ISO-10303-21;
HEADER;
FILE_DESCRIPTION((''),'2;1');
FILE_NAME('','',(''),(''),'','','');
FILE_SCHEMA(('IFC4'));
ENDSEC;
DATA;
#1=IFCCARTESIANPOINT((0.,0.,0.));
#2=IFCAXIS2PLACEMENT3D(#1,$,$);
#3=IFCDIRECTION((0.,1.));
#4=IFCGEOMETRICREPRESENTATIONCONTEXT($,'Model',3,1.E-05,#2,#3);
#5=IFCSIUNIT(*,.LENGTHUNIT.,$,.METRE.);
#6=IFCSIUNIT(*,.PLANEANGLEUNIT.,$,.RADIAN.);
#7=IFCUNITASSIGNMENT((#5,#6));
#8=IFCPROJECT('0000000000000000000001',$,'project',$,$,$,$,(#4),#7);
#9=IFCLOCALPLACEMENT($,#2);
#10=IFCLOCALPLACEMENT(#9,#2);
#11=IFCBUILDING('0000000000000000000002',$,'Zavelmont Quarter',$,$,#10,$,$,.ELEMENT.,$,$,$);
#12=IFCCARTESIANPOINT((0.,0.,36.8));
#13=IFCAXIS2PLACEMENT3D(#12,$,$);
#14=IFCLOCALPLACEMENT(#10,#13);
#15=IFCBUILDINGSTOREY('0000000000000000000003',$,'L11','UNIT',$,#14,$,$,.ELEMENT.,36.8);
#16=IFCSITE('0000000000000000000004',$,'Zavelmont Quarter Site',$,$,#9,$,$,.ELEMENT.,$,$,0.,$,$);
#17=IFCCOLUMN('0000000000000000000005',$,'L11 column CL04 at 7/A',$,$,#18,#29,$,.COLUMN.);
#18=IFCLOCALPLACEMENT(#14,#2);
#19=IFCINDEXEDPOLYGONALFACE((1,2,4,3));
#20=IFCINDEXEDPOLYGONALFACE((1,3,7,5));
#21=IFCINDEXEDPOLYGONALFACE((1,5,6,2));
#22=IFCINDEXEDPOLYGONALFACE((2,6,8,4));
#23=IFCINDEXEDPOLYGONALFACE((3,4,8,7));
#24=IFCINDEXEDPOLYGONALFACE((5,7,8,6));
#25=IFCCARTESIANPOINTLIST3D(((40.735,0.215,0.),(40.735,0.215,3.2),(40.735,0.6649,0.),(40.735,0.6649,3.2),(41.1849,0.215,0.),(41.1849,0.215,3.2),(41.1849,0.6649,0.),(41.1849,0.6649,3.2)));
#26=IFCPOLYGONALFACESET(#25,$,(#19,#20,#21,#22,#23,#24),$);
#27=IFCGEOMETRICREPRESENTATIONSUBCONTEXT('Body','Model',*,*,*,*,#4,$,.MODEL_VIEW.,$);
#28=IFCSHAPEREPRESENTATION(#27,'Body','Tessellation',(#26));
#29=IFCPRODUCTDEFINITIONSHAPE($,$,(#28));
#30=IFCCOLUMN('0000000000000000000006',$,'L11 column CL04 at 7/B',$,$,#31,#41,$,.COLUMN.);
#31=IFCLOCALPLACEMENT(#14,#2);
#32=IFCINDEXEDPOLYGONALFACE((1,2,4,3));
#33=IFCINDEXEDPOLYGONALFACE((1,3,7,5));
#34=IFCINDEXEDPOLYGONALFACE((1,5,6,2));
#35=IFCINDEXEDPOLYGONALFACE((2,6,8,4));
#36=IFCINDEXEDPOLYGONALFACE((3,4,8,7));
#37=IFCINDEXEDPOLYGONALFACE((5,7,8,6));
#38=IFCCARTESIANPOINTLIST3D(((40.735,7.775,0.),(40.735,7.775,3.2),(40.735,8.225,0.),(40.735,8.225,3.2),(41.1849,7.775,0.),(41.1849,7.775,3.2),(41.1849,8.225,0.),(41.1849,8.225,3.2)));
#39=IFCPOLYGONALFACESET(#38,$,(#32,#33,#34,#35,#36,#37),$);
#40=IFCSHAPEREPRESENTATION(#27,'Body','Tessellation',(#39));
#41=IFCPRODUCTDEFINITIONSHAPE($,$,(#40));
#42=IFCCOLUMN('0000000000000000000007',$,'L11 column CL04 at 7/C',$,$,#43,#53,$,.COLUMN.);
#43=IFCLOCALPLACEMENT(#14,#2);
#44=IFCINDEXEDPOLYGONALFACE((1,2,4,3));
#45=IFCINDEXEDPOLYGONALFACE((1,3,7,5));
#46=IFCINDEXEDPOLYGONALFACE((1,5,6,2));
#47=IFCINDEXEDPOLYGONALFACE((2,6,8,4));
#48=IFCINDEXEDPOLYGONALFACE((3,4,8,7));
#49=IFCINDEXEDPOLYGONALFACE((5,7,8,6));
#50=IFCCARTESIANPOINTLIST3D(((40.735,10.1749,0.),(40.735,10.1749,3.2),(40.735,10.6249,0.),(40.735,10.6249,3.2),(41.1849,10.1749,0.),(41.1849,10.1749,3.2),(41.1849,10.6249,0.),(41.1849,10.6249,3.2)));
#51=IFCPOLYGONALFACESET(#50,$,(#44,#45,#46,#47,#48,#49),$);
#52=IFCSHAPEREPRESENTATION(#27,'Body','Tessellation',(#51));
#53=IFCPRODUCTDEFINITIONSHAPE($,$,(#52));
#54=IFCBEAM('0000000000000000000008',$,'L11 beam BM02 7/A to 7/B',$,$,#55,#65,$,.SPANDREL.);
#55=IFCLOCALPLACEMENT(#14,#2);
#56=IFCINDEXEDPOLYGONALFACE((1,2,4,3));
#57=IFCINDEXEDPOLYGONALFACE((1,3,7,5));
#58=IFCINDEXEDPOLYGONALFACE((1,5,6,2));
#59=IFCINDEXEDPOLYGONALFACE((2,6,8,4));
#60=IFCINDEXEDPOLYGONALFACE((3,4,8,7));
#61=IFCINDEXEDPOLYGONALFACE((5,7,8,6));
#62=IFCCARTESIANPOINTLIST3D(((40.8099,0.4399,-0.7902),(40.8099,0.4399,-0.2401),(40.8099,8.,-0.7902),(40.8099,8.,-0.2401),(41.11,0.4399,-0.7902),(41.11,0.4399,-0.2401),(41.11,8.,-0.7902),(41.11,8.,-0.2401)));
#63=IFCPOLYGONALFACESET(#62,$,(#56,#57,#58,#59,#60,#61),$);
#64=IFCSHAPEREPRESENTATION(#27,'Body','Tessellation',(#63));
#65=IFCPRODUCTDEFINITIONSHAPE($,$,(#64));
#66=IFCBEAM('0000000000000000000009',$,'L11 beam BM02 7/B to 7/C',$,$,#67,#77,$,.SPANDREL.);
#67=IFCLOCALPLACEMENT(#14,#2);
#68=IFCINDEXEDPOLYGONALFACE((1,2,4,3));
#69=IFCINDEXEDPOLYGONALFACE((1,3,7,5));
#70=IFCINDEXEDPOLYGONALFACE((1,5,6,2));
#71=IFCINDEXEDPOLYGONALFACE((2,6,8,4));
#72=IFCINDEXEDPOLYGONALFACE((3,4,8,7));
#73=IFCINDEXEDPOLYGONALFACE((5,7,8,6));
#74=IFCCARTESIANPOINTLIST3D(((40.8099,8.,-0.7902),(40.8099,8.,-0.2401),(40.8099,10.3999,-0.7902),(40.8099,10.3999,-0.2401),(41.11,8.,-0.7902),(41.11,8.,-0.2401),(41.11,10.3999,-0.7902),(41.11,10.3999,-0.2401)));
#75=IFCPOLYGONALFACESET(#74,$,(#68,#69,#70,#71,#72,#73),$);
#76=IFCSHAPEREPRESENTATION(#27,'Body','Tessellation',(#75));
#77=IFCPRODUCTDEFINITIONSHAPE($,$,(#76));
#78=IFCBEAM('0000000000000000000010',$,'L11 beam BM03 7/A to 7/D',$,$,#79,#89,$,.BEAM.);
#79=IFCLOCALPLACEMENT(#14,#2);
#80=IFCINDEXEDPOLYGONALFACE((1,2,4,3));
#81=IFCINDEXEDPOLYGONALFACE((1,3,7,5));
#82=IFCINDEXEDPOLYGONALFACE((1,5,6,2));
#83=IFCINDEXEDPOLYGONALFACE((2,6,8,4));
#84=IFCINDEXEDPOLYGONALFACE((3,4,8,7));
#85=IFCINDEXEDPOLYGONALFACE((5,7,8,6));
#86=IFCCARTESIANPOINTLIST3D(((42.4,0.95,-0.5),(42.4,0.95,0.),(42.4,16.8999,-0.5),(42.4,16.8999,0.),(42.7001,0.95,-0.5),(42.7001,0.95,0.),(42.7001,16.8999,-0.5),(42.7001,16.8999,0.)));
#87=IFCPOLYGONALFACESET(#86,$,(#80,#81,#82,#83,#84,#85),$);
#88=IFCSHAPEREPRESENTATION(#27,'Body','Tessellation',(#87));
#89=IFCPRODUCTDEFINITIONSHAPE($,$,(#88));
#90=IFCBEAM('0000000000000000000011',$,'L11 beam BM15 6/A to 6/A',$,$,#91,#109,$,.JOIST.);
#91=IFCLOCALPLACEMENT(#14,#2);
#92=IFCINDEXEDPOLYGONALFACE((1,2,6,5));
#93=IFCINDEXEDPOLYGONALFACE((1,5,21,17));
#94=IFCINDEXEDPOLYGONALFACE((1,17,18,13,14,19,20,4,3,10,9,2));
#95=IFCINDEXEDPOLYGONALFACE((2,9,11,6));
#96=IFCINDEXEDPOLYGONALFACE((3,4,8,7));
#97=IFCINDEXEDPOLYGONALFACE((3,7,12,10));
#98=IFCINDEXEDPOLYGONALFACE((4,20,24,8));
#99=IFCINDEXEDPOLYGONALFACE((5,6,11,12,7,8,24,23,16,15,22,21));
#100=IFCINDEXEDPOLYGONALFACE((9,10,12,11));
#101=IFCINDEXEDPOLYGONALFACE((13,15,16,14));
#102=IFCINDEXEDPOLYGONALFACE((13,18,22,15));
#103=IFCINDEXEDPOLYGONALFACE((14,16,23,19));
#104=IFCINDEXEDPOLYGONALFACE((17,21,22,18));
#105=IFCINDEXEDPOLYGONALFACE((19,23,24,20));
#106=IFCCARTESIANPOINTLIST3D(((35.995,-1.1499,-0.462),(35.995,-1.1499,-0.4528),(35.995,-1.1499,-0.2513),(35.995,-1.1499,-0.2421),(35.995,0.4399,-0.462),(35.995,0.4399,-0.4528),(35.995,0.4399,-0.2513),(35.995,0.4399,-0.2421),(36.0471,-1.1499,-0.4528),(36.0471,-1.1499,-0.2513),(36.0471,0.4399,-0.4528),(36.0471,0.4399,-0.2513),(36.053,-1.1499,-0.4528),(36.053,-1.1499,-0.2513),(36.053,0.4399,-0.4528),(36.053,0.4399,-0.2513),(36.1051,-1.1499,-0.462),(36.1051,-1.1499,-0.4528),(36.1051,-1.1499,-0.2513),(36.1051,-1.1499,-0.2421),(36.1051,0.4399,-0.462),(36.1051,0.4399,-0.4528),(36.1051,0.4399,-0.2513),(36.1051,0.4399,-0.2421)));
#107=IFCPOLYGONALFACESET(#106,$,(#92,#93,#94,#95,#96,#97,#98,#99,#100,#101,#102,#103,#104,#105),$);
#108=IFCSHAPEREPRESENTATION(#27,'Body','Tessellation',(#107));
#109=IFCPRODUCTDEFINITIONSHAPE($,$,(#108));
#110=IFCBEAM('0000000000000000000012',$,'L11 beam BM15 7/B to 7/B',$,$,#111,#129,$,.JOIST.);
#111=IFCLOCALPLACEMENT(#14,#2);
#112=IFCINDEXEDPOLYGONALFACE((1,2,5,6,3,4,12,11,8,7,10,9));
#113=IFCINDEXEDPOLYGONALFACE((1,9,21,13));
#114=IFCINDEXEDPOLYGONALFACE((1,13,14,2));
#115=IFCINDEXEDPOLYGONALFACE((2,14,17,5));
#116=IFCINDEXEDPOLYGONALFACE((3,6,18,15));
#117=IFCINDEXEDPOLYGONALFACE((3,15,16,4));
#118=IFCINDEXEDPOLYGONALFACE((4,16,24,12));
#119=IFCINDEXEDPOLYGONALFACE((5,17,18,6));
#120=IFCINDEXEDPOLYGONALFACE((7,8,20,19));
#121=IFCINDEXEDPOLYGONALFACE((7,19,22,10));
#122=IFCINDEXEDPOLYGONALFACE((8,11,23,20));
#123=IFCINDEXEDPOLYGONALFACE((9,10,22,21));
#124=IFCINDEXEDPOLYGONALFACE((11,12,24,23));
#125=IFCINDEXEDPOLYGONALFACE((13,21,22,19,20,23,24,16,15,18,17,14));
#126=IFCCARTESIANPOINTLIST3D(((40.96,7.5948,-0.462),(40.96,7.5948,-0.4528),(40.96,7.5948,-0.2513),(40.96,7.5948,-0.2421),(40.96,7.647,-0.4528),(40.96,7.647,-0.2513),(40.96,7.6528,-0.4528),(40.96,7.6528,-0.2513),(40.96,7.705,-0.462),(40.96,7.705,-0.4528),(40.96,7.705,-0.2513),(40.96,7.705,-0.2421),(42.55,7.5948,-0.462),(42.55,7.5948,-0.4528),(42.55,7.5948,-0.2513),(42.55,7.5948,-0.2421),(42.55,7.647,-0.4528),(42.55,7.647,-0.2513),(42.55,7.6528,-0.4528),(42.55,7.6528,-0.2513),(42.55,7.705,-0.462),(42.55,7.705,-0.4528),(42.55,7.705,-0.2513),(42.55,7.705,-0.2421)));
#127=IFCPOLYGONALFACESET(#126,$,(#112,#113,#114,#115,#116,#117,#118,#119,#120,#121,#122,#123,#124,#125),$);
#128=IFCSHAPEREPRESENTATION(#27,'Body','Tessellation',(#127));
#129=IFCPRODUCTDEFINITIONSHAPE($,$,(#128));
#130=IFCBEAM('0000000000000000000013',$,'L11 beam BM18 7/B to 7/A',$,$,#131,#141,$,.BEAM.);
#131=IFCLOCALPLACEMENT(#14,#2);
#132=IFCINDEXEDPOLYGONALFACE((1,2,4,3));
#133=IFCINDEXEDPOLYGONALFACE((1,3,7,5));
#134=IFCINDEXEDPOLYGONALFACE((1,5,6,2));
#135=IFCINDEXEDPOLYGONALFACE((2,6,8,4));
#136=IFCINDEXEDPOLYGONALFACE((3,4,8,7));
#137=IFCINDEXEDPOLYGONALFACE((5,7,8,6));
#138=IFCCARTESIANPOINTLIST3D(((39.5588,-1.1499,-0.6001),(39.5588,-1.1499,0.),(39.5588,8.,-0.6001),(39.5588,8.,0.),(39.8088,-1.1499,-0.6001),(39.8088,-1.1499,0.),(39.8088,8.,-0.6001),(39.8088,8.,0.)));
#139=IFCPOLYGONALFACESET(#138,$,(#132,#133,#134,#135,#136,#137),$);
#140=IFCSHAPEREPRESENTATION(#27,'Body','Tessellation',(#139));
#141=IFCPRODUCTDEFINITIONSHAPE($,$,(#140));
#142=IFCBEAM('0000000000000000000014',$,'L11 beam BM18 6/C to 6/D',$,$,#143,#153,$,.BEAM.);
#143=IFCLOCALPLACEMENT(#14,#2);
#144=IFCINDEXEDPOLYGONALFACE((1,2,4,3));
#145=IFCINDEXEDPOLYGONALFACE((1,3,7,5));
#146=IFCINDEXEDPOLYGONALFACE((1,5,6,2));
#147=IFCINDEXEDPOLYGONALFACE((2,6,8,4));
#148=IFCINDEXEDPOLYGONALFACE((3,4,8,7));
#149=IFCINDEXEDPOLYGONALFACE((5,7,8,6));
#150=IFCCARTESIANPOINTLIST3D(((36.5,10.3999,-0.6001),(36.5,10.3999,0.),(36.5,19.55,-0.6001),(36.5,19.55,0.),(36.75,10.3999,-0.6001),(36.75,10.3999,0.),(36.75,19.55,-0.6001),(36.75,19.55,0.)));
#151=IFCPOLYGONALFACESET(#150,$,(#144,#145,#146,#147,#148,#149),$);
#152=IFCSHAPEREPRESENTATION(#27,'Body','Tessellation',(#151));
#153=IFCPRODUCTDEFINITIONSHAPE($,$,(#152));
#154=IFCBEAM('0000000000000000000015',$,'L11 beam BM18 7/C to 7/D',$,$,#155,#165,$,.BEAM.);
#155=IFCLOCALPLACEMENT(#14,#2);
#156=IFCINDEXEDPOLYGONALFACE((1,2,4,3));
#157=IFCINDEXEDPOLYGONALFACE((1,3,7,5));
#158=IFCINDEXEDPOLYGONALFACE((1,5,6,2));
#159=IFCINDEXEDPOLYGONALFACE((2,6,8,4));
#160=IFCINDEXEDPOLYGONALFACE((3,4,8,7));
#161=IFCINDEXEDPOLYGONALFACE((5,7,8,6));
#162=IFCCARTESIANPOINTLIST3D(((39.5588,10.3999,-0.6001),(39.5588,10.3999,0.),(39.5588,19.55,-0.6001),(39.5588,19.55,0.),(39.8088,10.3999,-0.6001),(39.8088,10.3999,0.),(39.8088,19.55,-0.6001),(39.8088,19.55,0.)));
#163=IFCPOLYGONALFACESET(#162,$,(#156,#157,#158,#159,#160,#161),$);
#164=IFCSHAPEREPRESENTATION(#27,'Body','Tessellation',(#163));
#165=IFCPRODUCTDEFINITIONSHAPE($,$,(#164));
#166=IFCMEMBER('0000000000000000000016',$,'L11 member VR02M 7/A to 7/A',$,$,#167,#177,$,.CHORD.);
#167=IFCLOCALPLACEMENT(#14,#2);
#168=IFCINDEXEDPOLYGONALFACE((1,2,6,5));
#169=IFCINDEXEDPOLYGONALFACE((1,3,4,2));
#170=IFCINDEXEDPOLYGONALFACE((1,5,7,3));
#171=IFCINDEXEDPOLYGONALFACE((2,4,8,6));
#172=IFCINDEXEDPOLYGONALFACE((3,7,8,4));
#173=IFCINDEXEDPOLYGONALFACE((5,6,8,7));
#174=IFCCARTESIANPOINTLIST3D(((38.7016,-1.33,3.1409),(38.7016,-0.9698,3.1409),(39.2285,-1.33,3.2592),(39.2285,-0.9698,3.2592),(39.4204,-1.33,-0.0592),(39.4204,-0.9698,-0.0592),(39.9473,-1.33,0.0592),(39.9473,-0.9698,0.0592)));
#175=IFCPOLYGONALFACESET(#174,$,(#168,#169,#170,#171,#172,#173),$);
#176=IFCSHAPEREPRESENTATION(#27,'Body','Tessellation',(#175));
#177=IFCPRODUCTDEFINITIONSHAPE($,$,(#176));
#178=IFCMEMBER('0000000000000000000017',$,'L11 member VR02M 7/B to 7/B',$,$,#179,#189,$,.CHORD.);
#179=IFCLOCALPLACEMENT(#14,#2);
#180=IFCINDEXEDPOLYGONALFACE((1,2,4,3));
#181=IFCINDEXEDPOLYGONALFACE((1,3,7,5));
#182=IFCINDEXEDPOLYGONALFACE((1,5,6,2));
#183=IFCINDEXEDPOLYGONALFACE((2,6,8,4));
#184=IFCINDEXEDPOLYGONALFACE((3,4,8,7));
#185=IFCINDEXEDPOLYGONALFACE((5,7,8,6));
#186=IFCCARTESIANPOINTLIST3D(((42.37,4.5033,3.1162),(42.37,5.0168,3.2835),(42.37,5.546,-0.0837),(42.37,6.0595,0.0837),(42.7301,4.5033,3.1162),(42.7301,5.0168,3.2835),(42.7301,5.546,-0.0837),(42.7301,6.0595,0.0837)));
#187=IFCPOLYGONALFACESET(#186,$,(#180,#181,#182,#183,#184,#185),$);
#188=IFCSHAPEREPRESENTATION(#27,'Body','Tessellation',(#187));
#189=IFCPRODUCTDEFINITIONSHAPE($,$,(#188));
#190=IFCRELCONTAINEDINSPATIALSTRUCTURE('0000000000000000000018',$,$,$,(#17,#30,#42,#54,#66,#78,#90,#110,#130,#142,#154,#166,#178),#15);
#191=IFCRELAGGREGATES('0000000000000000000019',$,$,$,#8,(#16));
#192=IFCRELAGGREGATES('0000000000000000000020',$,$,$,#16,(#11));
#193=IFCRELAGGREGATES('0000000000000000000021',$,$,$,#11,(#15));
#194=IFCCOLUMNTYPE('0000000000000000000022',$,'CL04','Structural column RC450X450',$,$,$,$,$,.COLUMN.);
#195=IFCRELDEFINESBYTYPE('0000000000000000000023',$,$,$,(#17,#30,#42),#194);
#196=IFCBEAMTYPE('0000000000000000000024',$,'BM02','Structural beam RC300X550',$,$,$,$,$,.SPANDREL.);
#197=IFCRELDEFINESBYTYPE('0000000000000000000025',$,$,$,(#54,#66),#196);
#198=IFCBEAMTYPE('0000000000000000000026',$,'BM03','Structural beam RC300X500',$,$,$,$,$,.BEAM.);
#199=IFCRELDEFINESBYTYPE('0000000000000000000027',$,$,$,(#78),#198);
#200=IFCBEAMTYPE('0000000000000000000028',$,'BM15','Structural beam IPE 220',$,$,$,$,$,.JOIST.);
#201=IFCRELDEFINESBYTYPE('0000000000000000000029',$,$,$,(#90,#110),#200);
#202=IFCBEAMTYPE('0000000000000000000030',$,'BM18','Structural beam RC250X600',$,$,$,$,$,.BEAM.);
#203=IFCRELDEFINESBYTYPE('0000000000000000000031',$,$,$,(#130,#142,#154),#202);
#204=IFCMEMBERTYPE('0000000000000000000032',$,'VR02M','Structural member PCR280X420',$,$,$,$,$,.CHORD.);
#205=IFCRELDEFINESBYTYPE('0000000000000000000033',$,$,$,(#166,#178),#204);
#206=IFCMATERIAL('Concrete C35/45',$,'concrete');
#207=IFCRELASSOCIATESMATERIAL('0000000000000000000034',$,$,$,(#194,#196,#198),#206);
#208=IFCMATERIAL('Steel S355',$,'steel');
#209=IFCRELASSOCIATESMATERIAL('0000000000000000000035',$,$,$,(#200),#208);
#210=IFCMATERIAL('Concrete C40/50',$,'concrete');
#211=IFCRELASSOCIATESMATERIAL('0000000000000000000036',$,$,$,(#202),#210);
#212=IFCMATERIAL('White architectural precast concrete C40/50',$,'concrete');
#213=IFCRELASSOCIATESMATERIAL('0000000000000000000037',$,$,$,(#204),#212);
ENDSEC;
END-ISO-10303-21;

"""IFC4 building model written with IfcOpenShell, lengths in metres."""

from ifc_helpers import new_model, si_unit, direction, frame, origin, origin_2d, place, context, subcontext, project, spatial, rectangle, i_section, extrude, material, material_profile, profile_set, type_object, element, save


model = new_model("IFC4")

# Units and contexts
model_context = context("Model", 3, precision=1e-05, world=origin(), true_north=direction((0.0, 1.0)))
body_context = subcontext(model_context, "Body", "Model", "MODEL_VIEW")
ifc_project = project(units=[si_unit("LENGTHUNIT", "METRE"), si_unit("PLANEANGLEUNIT", "RADIAN")], contexts=[model_context])

# Site, building, storey
site_placement = place(None, origin())
site = spatial("IfcSite", under=ifc_project, at=site_placement, Name="Zavelmont Quarter Site", CompositionType="ELEMENT", RefElevation=0.0)
building_placement = place(site_placement, origin())
building = spatial("IfcBuilding", under=site, at=building_placement, Name="Zavelmont Quarter", CompositionType="ELEMENT")
storey_placement = place(building_placement, frame((0.0, 0.0, 36.8)))
storey = spatial("IfcBuildingStorey", under=building, at=storey_placement, Name="L11", Description="UNIT", CompositionType="ELEMENT", Elevation=36.8)

# Columns
ifc_material_1 = material(Name="Concrete C35/45", Category="concrete")
ifc_material_profile_1 = material_profile(ifc_material_1, rectangle(XDim=0.45, YDim=0.45, at=origin_2d()), Name="RC450X450")
ifc_profile_set_1 = profile_set([ifc_material_profile_1], Name="Concrete C35/45")
column_type = type_object("IfcColumnType", Name="CL04", Description="Structural column RC450X450", PredefinedType="COLUMN", material=ifc_profile_set_1)
for number, where, z_axis, x_axis, name in (
    (1, (40.96, 0.4399, 0.0), (0.0, 0.0, 1.0), (1.0, 0.0, 0.0), "L11 column CL04 at 7/A"),
    (2, (40.96, 8.0, 0.0), (0.0, 0.0, 1.0), (1.0, 0.0, 0.0), "L11 column CL04 at 7/B"),
    (3, (40.96, 10.3999, 0.0), (0.0, 0.0, 1.0), (1.0, 0.0, 0.0), "L11 column CL04 at 7/C"),
):
    element("IfcColumn", number, at=place(storey_placement, frame(where, z_axis=z_axis, x_axis=x_axis)), inside=storey, type_object=column_type, Name=name, PredefinedType="COLUMN", context=body_context, shape_type="SweptSolid", body=[
        extrude(rectangle(XDim=0.45, YDim=0.45, at=origin_2d()), origin(), (0.0, 0.0, 1.0), 3.2),
    ])

# Beams
ifc_material_profile_2 = material_profile(ifc_material_1, rectangle(XDim=0.3, YDim=0.55, at=origin_2d()), Name="RC300X550")
ifc_profile_set_2 = profile_set([ifc_material_profile_2], Name="Concrete C35/45")
beam_type_1 = type_object("IfcBeamType", Name="BM02", Description="Structural beam RC300X550", PredefinedType="SPANDREL", material=ifc_profile_set_2)
beam_1_placement = place(storey_placement, frame((40.96, 0.4399, -0.5151), z_axis=(0.0, 1.0, 0.0), x_axis=(-1.0, 0.0, 0.0)))
element("IfcBeam", 4, at=beam_1_placement, inside=storey, type_object=beam_type_1, Name="L11 beam BM02 7/A to 7/B", PredefinedType="SPANDREL", context=body_context, shape_type="SweptSolid", body=[
    extrude(rectangle(XDim=0.3, YDim=0.55, at=origin_2d()), origin(), (0.0, 0.0, 1.0), 7.5601),
])
beam_2_placement = place(storey_placement, frame((40.96, 8.0, -0.5151), z_axis=(0.0, 1.0, 0.0), x_axis=(-1.0, 0.0, 0.0)))
element("IfcBeam", 5, at=beam_2_placement, inside=storey, type_object=beam_type_1, Name="L11 beam BM02 7/B to 7/C", PredefinedType="SPANDREL", context=body_context, shape_type="SweptSolid", body=[
    extrude(rectangle(XDim=0.3, YDim=0.55, at=origin_2d()), origin(), (0.0, 0.0, 1.0), 2.3999),
])
ifc_material_profile_3 = material_profile(ifc_material_1, rectangle(XDim=0.3, YDim=0.5, at=origin_2d()), Name="RC300X500")
ifc_profile_set_3 = profile_set([ifc_material_profile_3], Name="Concrete C35/45")
beam_type_2 = type_object("IfcBeamType", Name="BM03", Description="Structural beam RC300X500", PredefinedType="BEAM", material=ifc_profile_set_3)
beam_3_placement = place(storey_placement, frame((42.55, 0.95, -0.25), z_axis=(0.0, 1.0, 0.0), x_axis=(-1.0, 0.0, 0.0)))
element("IfcBeam", 6, at=beam_3_placement, inside=storey, type_object=beam_type_2, Name="L11 beam BM03 7/A to 7/D", PredefinedType="BEAM", context=body_context, shape_type="SweptSolid", body=[
    extrude(rectangle(XDim=0.3, YDim=0.5, at=origin_2d()), origin(), (0.0, 0.0, 1.0), 15.95),
])
ifc_material_2 = material(Name="Steel S355", Category="steel")
ifc_material_profile_4 = material_profile(ifc_material_2, i_section(OverallWidth=0.1101, OverallDepth=0.22, WebThickness=0.0059, FlangeThickness=0.0093, at=origin_2d()), Name="IPE 220")
ifc_profile_set_4 = profile_set([ifc_material_profile_4], Name="Steel S355")
beam_type_3 = type_object("IfcBeamType", Name="BM15", Description="Structural beam IPE 220", PredefinedType="JOIST", material=ifc_profile_set_4)
beam_4_placement = place(storey_placement, frame((36.05, 0.4399, -0.3521), z_axis=(0.0, -1.0, 0.0), x_axis=(1.0, 0.0, 0.0)))
element("IfcBeam", 7, at=beam_4_placement, inside=storey, type_object=beam_type_3, Name="L11 beam BM15 6/A to 6/A", PredefinedType="JOIST", context=body_context, shape_type="SweptSolid", body=[
    extrude(i_section(OverallWidth=0.1101, OverallDepth=0.22, WebThickness=0.0059, FlangeThickness=0.0093, at=origin_2d()), origin(), (0.0, 0.0, 1.0), 1.5898),
])
beam_5_placement = place(storey_placement, frame((40.96, 7.6499, -0.3521), z_axis=(1.0, 0.0, 0.0), x_axis=(0.0, 1.0, 0.0)))
element("IfcBeam", 8, at=beam_5_placement, inside=storey, type_object=beam_type_3, Name="L11 beam BM15 7/B to 7/B", PredefinedType="JOIST", context=body_context, shape_type="SweptSolid", body=[
    extrude(i_section(OverallWidth=0.1101, OverallDepth=0.22, WebThickness=0.0059, FlangeThickness=0.0093, at=origin_2d()), origin(), (0.0, 0.0, 1.0), 1.5901),
])
ifc_material_3 = material(Name="Concrete C40/50", Category="concrete")
ifc_material_profile_5 = material_profile(ifc_material_3, rectangle(XDim=0.25, YDim=0.6001, at=origin_2d()), Name="RC250X600")
ifc_profile_set_5 = profile_set([ifc_material_profile_5], Name="Concrete C40/50")
beam_type_4 = type_object("IfcBeamType", Name="BM18", Description="Structural beam RC250X600", PredefinedType="BEAM", material=ifc_profile_set_5)
beam_6_placement = place(storey_placement, frame((39.6838, 8.0, -0.3), z_axis=(0.0, -1.0, 0.0), x_axis=(1.0, 0.0, 0.0)))
element("IfcBeam", 9, at=beam_6_placement, inside=storey, type_object=beam_type_4, Name="L11 beam BM18 7/B to 7/A", PredefinedType="BEAM", context=body_context, shape_type="SweptSolid", body=[
    extrude(rectangle(XDim=0.25, YDim=0.6001, at=origin_2d()), origin(), (0.0, 0.0, 1.0), 9.1499),
])
for number, where, z_axis, x_axis, name in (
    (10, (36.625, 10.3999, -0.3), (0.0, 1.0, 0.0), (-1.0, 0.0, 0.0), "L11 beam BM18 6/C to 6/D"),
    (11, (39.6838, 10.3999, -0.3), (0.0, 1.0, 0.0), (-1.0, 0.0, 0.0), "L11 beam BM18 7/C to 7/D"),
):
    element("IfcBeam", number, at=place(storey_placement, frame(where, z_axis=z_axis, x_axis=x_axis)), inside=storey, type_object=beam_type_4, Name=name, PredefinedType="BEAM", context=body_context, shape_type="SweptSolid", body=[
        extrude(rectangle(XDim=0.25, YDim=0.6001, at=origin_2d()), origin(), (0.0, 0.0, 1.0), 9.1501),
    ])

# Members
ifc_material_4 = material(Name="White architectural precast concrete C40/50", Category="concrete")
ifc_material_profile_6 = material_profile(ifc_material_4, rectangle(XDim=0.3601, YDim=0.54, at=origin_2d()), Name="PCR280X420")
ifc_profile_set_6 = profile_set([ifc_material_profile_6], Name="White architectural precast concrete C40/50")
member_type = type_object("IfcMemberType", Name="VR02M", Description="Structural member PCR280X420", PredefinedType="CHORD", material=ifc_profile_set_6)
member_1_placement = place(storey_placement, frame((39.6838, -1.1499, 0.0), z_axis=(-0.219153, 0.0, 0.975691), x_axis=(0.0, -1.0, 0.0)))
element("IfcMember", 12, at=member_1_placement, inside=storey, type_object=member_type, Name="L11 member VR02M 7/A to 7/A", PredefinedType="CHORD", context=body_context, shape_type="SweptSolid", body=[
    extrude(rectangle(XDim=0.3601, YDim=0.54, at=origin_2d()), origin(), (0.0, 0.0, 1.0), 3.2798),
])
member_2_placement = place(storey_placement, frame((42.55, 5.8027, 0.0), z_axis=(0.0, -0.309822, 0.950794), x_axis=(1.0, 0.0, 0.0)))
element("IfcMember", 13, at=member_2_placement, inside=storey, type_object=member_type, Name="L11 member VR02M 7/B to 7/B", PredefinedType="CHORD", context=body_context, shape_type="SweptSolid", body=[
    extrude(rectangle(XDim=0.3601, YDim=0.54, at=origin_2d()), origin(), (0.0, 0.0, 1.0), 3.3655),
])

save(model, "model.ifc")
